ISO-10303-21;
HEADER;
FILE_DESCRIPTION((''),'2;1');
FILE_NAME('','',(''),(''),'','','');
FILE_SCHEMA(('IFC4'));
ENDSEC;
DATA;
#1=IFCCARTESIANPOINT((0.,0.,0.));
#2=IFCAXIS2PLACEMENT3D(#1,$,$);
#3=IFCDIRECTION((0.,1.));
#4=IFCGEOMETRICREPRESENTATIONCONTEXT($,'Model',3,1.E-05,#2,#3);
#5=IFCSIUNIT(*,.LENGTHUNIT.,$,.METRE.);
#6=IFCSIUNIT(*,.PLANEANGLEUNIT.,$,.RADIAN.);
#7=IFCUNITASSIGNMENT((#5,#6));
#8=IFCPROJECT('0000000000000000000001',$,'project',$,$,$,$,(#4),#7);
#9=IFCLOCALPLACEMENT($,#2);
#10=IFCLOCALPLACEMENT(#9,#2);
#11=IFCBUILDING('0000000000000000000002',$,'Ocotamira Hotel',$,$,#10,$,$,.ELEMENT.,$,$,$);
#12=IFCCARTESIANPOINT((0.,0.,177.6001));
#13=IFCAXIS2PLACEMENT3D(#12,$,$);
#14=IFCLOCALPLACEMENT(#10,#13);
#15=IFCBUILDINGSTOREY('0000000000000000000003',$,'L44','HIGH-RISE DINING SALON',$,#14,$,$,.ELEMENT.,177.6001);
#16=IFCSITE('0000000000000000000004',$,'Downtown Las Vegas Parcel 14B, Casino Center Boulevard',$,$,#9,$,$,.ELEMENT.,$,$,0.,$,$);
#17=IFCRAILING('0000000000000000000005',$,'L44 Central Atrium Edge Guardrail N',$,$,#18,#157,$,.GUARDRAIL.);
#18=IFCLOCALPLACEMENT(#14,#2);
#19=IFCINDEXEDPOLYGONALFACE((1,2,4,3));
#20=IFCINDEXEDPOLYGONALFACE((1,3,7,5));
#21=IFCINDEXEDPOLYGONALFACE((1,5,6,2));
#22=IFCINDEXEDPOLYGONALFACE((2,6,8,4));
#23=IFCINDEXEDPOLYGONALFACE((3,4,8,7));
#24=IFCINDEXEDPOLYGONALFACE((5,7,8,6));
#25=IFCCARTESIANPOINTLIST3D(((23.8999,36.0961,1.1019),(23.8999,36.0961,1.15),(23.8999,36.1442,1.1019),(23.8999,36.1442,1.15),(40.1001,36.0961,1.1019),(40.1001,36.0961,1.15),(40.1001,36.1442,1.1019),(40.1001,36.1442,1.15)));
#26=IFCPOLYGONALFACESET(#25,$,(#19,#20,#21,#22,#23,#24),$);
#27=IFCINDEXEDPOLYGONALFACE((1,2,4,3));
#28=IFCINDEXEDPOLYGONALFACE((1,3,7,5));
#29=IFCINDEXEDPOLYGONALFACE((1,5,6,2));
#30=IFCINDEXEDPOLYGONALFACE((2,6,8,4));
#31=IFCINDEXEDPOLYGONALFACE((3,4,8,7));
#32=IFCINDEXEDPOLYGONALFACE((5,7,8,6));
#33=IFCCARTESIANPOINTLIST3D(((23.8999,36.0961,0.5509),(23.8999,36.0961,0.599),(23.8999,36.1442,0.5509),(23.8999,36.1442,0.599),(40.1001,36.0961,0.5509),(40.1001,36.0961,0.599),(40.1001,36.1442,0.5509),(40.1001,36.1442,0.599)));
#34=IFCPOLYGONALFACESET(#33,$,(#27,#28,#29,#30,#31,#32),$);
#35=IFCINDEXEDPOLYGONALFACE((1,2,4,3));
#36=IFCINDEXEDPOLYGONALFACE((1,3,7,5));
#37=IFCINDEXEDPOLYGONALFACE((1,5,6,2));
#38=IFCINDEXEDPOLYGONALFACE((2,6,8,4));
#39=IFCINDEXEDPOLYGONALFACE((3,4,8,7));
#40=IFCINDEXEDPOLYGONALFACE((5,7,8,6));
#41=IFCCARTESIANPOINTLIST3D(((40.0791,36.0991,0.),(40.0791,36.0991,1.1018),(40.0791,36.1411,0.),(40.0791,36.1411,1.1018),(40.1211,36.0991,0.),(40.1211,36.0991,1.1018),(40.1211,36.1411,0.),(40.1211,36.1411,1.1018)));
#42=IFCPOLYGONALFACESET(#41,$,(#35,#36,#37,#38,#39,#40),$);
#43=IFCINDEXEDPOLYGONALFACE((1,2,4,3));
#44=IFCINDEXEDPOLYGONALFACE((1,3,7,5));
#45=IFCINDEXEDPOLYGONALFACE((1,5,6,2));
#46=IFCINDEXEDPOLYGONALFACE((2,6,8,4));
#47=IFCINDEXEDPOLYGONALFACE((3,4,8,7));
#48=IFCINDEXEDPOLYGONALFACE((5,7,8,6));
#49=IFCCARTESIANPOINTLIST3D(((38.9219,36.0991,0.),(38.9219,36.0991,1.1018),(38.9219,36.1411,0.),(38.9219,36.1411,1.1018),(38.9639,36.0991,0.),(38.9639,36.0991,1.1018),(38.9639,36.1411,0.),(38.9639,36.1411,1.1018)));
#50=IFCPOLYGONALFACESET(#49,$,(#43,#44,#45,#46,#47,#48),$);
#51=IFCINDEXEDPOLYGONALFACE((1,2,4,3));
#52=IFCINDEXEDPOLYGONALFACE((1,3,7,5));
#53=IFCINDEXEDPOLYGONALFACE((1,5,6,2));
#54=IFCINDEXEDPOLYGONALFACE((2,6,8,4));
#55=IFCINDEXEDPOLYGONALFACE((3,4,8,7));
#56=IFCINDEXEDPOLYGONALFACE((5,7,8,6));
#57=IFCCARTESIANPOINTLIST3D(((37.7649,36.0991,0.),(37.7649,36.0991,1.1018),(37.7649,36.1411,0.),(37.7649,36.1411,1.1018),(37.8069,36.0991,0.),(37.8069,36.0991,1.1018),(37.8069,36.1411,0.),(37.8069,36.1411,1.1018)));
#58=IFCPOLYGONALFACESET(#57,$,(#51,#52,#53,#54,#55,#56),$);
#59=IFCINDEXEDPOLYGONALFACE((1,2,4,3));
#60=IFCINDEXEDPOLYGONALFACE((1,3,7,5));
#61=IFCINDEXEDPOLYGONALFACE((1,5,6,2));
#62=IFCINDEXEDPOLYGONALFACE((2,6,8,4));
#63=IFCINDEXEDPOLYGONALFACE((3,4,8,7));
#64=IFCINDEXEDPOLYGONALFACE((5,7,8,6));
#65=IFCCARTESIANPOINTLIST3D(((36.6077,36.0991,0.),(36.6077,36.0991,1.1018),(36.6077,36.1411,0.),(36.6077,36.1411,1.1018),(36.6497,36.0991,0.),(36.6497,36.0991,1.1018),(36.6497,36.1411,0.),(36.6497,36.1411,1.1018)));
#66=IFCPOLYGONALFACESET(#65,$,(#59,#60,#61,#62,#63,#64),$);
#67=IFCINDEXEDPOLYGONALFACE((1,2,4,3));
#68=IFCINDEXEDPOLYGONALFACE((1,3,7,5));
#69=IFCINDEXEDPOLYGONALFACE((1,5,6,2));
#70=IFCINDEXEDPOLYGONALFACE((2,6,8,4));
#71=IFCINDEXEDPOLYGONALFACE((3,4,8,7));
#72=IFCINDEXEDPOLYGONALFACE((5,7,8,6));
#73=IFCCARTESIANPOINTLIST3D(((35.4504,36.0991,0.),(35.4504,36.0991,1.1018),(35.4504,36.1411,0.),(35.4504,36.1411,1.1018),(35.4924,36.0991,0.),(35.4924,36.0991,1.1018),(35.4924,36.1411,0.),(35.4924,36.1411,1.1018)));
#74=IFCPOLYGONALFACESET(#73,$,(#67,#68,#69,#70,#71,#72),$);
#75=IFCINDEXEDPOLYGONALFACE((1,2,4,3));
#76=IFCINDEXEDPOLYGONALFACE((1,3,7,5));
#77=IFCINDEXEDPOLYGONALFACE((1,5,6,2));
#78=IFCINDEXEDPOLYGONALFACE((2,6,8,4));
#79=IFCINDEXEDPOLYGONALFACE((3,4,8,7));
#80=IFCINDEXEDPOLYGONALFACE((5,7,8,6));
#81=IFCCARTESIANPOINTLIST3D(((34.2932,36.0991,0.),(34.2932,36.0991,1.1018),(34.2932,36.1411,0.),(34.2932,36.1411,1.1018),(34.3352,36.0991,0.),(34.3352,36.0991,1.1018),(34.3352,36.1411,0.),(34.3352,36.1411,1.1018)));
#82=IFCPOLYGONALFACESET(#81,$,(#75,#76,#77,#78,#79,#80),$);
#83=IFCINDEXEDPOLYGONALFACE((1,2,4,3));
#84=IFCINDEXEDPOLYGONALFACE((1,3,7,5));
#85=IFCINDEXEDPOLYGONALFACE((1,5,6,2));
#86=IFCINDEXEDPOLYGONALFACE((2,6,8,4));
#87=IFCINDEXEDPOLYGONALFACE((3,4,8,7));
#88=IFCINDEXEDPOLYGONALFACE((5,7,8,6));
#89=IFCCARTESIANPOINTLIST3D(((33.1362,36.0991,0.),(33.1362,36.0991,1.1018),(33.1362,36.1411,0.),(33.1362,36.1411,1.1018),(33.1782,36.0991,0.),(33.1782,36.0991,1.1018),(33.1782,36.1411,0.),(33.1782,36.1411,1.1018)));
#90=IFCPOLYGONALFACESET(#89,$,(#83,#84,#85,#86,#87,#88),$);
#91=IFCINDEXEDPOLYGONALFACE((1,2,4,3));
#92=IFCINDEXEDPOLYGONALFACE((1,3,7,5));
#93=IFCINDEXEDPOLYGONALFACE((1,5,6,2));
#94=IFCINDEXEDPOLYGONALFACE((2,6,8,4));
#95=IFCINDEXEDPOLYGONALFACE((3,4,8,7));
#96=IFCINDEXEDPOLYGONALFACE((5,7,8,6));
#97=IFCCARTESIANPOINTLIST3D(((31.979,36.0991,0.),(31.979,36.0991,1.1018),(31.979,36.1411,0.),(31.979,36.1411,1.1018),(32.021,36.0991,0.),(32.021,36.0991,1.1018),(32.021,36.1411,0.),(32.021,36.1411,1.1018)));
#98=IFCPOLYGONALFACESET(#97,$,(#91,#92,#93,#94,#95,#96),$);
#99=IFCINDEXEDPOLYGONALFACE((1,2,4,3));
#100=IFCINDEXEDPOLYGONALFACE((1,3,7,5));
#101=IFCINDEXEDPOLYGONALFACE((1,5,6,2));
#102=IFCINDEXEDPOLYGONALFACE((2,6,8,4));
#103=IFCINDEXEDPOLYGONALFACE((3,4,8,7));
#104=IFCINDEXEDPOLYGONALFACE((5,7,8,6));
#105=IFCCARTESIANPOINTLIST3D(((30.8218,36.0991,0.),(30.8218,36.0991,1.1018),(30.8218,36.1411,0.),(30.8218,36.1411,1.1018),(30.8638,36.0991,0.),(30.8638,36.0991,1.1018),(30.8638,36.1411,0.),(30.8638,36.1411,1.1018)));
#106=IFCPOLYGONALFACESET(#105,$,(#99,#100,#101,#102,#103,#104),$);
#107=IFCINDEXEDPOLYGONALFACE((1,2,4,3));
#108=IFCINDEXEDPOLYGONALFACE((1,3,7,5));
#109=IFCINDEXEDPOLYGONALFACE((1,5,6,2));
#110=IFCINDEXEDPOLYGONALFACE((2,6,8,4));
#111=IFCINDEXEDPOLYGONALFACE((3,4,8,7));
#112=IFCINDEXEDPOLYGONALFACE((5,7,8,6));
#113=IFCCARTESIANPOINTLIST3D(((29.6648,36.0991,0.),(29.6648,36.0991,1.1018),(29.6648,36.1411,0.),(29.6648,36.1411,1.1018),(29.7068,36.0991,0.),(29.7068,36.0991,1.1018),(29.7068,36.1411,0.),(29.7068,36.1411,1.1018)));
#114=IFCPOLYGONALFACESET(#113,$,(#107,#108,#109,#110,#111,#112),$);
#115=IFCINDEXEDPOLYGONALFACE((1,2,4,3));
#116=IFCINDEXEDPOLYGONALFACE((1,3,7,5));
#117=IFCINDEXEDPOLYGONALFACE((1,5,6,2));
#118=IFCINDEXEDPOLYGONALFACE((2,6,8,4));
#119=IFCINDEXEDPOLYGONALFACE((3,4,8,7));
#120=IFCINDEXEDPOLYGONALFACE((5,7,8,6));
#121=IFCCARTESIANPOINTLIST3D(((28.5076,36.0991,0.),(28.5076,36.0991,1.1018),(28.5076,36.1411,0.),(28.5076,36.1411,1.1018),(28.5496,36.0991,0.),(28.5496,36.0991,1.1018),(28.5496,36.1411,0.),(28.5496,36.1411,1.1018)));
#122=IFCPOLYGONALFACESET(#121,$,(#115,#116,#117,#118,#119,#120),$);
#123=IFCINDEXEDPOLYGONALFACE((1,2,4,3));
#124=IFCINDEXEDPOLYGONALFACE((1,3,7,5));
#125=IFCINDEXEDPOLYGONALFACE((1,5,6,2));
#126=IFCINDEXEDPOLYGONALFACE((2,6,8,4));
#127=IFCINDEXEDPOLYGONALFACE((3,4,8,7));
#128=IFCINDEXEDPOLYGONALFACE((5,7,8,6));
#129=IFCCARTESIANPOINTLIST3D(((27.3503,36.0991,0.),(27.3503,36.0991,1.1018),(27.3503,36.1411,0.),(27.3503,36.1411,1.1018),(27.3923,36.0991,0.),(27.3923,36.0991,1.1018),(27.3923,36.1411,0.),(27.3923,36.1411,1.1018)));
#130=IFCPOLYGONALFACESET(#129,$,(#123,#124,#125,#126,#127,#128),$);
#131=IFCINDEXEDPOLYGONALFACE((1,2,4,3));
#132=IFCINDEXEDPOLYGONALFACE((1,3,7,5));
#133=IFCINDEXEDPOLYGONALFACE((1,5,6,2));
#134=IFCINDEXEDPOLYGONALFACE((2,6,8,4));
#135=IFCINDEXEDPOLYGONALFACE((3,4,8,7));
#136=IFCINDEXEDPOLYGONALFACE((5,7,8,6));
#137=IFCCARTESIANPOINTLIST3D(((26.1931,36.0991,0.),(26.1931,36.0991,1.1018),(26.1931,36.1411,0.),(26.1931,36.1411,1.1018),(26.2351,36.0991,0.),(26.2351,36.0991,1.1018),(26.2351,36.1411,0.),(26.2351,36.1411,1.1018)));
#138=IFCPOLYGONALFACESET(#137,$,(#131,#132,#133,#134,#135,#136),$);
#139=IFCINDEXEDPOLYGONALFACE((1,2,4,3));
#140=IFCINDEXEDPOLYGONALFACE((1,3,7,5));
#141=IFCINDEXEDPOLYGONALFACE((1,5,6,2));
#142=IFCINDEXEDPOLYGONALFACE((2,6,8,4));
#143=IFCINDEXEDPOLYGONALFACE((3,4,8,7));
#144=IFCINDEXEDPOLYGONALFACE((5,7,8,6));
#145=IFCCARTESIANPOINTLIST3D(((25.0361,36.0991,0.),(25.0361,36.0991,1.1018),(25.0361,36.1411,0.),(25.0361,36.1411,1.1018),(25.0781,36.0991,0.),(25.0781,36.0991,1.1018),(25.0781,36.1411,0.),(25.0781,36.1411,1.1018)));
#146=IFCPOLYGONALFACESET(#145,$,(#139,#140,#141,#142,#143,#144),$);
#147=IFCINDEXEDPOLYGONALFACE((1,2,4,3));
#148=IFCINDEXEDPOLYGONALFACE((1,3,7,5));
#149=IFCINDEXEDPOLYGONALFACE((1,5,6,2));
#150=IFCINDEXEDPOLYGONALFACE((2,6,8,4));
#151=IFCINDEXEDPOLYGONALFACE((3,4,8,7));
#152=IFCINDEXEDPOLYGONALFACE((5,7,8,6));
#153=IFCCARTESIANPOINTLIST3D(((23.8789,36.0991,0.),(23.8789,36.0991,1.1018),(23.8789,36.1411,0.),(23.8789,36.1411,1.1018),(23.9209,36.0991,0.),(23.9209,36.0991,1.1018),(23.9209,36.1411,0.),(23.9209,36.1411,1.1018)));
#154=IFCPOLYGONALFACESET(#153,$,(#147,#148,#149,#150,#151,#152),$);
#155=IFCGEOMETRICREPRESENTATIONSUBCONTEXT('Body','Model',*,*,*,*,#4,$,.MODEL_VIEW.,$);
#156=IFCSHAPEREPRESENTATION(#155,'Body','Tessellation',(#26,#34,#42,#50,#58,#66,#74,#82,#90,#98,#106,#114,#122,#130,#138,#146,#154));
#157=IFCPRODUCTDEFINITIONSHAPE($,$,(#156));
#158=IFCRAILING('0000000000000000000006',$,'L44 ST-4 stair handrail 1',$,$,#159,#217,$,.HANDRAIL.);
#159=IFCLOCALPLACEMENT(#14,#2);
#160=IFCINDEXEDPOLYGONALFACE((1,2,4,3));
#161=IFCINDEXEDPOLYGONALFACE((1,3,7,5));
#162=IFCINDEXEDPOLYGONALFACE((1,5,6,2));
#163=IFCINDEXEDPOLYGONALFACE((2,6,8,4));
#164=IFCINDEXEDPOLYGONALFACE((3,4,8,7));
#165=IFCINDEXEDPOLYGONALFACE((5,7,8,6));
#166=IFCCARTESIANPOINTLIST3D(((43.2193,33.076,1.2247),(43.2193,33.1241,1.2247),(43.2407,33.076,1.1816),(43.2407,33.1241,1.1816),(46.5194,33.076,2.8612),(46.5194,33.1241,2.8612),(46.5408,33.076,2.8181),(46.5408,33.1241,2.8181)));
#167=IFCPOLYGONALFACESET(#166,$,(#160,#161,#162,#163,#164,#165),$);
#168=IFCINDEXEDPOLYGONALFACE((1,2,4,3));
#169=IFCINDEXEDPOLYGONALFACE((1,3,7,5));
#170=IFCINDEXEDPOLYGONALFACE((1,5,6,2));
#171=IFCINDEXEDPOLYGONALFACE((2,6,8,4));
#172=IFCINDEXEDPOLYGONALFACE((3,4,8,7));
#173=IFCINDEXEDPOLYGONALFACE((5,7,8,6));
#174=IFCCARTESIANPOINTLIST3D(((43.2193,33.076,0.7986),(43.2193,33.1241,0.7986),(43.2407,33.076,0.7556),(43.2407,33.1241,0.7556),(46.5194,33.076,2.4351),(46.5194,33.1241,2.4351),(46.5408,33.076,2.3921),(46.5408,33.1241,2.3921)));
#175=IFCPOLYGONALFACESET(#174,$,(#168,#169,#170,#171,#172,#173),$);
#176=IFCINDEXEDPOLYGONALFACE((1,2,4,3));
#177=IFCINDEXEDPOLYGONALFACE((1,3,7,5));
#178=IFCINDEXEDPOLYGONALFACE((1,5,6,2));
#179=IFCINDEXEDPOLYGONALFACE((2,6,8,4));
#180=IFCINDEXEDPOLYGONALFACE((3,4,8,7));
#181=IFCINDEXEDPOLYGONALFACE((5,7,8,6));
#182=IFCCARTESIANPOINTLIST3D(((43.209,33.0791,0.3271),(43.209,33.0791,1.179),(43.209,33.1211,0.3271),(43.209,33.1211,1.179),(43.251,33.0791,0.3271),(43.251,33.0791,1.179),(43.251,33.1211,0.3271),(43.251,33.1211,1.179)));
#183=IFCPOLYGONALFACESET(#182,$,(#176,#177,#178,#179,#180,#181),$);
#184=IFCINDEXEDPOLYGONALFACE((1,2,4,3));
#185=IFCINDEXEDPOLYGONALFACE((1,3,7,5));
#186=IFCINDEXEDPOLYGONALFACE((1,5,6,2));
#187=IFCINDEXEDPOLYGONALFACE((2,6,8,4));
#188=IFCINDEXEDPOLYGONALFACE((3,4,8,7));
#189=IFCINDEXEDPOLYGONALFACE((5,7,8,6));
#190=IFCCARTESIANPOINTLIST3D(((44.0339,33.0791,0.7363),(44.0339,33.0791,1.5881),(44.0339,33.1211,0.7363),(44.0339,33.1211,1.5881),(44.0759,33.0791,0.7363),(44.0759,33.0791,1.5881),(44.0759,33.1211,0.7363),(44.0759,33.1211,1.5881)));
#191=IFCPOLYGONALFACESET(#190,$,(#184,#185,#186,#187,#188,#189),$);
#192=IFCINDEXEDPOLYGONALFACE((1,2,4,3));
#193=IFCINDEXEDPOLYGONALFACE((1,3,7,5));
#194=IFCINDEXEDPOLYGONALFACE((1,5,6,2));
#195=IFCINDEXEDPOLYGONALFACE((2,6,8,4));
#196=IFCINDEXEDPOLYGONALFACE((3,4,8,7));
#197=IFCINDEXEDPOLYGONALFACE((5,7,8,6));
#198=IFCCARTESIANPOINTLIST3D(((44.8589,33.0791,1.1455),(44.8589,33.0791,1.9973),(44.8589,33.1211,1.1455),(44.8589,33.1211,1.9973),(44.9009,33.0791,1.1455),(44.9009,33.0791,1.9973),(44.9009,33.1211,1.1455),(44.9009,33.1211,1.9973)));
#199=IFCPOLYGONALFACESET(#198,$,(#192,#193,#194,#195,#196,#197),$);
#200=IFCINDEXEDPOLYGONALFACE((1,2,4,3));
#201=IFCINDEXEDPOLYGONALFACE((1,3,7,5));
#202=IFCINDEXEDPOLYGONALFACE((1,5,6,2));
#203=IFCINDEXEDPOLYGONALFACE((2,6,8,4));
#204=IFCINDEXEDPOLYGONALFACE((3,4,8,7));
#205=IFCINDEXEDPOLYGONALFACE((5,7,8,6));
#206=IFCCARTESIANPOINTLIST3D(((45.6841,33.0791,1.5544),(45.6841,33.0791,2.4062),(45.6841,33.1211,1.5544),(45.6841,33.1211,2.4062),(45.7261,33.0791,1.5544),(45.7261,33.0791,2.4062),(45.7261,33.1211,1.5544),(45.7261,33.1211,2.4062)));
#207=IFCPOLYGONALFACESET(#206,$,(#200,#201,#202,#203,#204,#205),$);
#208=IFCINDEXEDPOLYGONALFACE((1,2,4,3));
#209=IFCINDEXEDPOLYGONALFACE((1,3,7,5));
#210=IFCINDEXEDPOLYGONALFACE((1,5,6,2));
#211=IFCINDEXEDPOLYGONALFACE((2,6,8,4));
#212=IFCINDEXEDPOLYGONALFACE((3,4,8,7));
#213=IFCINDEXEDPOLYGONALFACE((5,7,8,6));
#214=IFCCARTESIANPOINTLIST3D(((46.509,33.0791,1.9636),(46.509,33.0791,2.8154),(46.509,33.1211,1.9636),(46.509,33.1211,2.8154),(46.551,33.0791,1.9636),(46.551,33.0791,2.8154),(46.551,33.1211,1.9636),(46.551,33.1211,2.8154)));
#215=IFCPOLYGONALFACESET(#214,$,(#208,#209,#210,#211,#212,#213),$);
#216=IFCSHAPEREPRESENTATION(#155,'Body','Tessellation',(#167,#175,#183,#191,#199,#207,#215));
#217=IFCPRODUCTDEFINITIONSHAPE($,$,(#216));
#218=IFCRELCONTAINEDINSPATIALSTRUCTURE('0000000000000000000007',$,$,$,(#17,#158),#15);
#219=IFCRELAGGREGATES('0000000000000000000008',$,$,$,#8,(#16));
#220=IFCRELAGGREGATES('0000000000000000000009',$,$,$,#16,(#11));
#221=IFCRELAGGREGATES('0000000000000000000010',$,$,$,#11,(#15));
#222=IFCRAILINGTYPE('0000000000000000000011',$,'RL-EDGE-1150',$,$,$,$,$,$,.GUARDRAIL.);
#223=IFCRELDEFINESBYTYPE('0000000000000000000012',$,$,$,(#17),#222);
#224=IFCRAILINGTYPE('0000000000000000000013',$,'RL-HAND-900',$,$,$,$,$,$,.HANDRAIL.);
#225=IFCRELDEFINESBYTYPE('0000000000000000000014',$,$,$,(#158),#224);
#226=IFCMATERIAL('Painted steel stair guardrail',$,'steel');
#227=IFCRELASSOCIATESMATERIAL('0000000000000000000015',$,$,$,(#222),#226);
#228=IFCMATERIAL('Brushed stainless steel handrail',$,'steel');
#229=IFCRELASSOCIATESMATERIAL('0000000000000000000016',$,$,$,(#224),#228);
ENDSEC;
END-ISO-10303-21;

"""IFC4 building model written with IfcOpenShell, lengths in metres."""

from ifc_helpers import new_model, si_unit, direction, frame, origin, origin_2d, place, context, subcontext, project, spatial, rectangle, extrude, material, type_object, element, save


model = new_model("IFC4")

# Units and contexts
model_context = context("Model", 3, precision=1e-05, world=origin(), true_north=direction((0.0, 1.0)))
body_context = subcontext(model_context, "Body", "Model", "MODEL_VIEW")
ifc_project = project(units=[si_unit("LENGTHUNIT", "METRE"), si_unit("PLANEANGLEUNIT", "RADIAN")], contexts=[model_context])

# Site, building, storey
site_placement = place(None, origin())
site = spatial("IfcSite", under=ifc_project, at=site_placement, Name="Downtown Las Vegas Parcel 14B, Casino Center Boulevard", CompositionType="ELEMENT", RefElevation=0.0)
building_placement = place(site_placement, origin())
building = spatial("IfcBuilding", under=site, at=building_placement, Name="Ocotamira Hotel", CompositionType="ELEMENT")
storey_placement = place(building_placement, frame((0.0, 0.0, 177.6001)))
storey = spatial("IfcBuildingStorey", under=building, at=storey_placement, Name="L44", Description="HIGH-RISE DINING SALON", CompositionType="ELEMENT", Elevation=177.6001)

# Railings
ifc_material_1 = material(Name="Painted steel stair guardrail", Category="steel")
railing_type_1 = type_object("IfcRailingType", Name="RL-EDGE-1150", PredefinedType="GUARDRAIL", material=ifc_material_1)
railing_1_placement = place(storey_placement, frame((40.1001, 36.1201, 0.0)))
element("IfcRailing", 1, at=railing_1_placement, inside=storey, type_object=railing_type_1, Name="L44 Central Atrium Edge Guardrail N", PredefinedType="GUARDRAIL", context=body_context, shape_type="SweptSolid", body=[
    extrude(rectangle(XDim=0.0481, YDim=0.0481, at=origin_2d()), frame((0.0, 0.0, 1.126), z_axis=(-1.0, 0.0, 0.0), x_axis=(0.0, -1.0, 0.0)), (0.0, 0.0, 1.0), 16.2002),
    extrude(rectangle(XDim=0.0481, YDim=0.0481, at=origin_2d()), frame((0.0, 0.0, 0.575), z_axis=(-1.0, 0.0, 0.0), x_axis=(0.0, -1.0, 0.0)), (0.0, 0.0, 1.0), 16.2002),
    extrude(rectangle(XDim=0.042, YDim=0.042, at=origin_2d()), origin(), (0.0, 0.0, 1.0), 1.1018),
    extrude(rectangle(XDim=0.042, YDim=0.042, at=origin_2d()), frame((-1.1572, 0.0, 0.0)), (0.0, 0.0, 1.0), 1.1018),
    extrude(rectangle(XDim=0.042, YDim=0.042, at=origin_2d()), frame((-2.3142, 0.0, 0.0)), (0.0, 0.0, 1.0), 1.1018),
    extrude(rectangle(XDim=0.042, YDim=0.042, at=origin_2d()), frame((-3.4714, 0.0, 0.0)), (0.0, 0.0, 1.0), 1.1018),
    extrude(rectangle(XDim=0.042, YDim=0.042, at=origin_2d()), frame((-4.6287, 0.0, 0.0)), (0.0, 0.0, 1.0), 1.1018),
    extrude(rectangle(XDim=0.042, YDim=0.042, at=origin_2d()), frame((-5.7859, 0.0, 0.0)), (0.0, 0.0, 1.0), 1.1018),
    extrude(rectangle(XDim=0.042, YDim=0.042, at=origin_2d()), frame((-6.9429, 0.0, 0.0)), (0.0, 0.0, 1.0), 1.1018),
    extrude(rectangle(XDim=0.042, YDim=0.042, at=origin_2d()), frame((-8.1001, 0.0, 0.0)), (0.0, 0.0, 1.0), 1.1018),
    extrude(rectangle(XDim=0.042, YDim=0.042, at=origin_2d()), frame((-9.2573, 0.0, 0.0)), (0.0, 0.0, 1.0), 1.1018),
    extrude(rectangle(XDim=0.042, YDim=0.042, at=origin_2d()), frame((-10.4143, 0.0, 0.0)), (0.0, 0.0, 1.0), 1.1018),
    extrude(rectangle(XDim=0.042, YDim=0.042, at=origin_2d()), frame((-11.5715, 0.0, 0.0)), (0.0, 0.0, 1.0), 1.1018),
    extrude(rectangle(XDim=0.042, YDim=0.042, at=origin_2d()), frame((-12.7288, 0.0, 0.0)), (0.0, 0.0, 1.0), 1.1018),
    extrude(rectangle(XDim=0.042, YDim=0.042, at=origin_2d()), frame((-13.886, 0.0, 0.0)), (0.0, 0.0, 1.0), 1.1018),
    extrude(rectangle(XDim=0.042, YDim=0.042, at=origin_2d()), frame((-15.043, 0.0, 0.0)), (0.0, 0.0, 1.0), 1.1018),
    extrude(rectangle(XDim=0.042, YDim=0.042, at=origin_2d()), frame((-16.2002, 0.0, 0.0)), (0.0, 0.0, 1.0), 1.1018),
])
ifc_material_2 = material(Name="Brushed stainless steel handrail", Category="steel")
railing_type_2 = type_object("IfcRailingType", Name="RL-HAND-900", PredefinedType="HANDRAIL", material=ifc_material_2)
railing_2_placement = place(storey_placement, frame((43.23, 33.1001, 0.3271)))
element("IfcRailing", 2, at=railing_2_placement, inside=storey, type_object=railing_type_2, Name="L44 ST-4 stair handrail 1", PredefinedType="HANDRAIL", context=body_context, shape_type="SweptSolid", body=[
    extrude(rectangle(XDim=0.0481, YDim=0.0481, at=origin_2d()), frame((0.0, 0.0, 0.876), z_axis=(0.895894, 0.0, 0.444268), x_axis=(0.0, 1.0, 0.0)), (0.0, 0.0, 1.0), 3.6836),
    extrude(rectangle(XDim=0.0481, YDim=0.0481, at=origin_2d()), frame((0.0, 0.0, 0.45), z_axis=(0.895894, 0.0, 0.444268), x_axis=(0.0, 1.0, 0.0)), (0.0, 0.0, 1.0), 3.6836),
    extrude(rectangle(XDim=0.042, YDim=0.042, at=origin_2d()), origin(), (0.0, 0.0, 1.0), 0.8518),
    extrude(rectangle(XDim=0.042, YDim=0.042, at=origin_2d()), frame((0.825, 0.0, 0.4092)), (0.0, 0.0, 1.0), 0.8518),
    extrude(rectangle(XDim=0.042, YDim=0.042, at=origin_2d()), frame((1.6499, 0.0, 0.8184)), (0.0, 0.0, 1.0), 0.8518),
    extrude(rectangle(XDim=0.042, YDim=0.042, at=origin_2d()), frame((2.4751, 0.0, 1.2273)), (0.0, 0.0, 1.0), 0.8518),
    extrude(rectangle(XDim=0.042, YDim=0.042, at=origin_2d()), frame((3.3, 0.0, 1.6365)), (0.0, 0.0, 1.0), 0.8518),
])

save(model, "model.ifc")
